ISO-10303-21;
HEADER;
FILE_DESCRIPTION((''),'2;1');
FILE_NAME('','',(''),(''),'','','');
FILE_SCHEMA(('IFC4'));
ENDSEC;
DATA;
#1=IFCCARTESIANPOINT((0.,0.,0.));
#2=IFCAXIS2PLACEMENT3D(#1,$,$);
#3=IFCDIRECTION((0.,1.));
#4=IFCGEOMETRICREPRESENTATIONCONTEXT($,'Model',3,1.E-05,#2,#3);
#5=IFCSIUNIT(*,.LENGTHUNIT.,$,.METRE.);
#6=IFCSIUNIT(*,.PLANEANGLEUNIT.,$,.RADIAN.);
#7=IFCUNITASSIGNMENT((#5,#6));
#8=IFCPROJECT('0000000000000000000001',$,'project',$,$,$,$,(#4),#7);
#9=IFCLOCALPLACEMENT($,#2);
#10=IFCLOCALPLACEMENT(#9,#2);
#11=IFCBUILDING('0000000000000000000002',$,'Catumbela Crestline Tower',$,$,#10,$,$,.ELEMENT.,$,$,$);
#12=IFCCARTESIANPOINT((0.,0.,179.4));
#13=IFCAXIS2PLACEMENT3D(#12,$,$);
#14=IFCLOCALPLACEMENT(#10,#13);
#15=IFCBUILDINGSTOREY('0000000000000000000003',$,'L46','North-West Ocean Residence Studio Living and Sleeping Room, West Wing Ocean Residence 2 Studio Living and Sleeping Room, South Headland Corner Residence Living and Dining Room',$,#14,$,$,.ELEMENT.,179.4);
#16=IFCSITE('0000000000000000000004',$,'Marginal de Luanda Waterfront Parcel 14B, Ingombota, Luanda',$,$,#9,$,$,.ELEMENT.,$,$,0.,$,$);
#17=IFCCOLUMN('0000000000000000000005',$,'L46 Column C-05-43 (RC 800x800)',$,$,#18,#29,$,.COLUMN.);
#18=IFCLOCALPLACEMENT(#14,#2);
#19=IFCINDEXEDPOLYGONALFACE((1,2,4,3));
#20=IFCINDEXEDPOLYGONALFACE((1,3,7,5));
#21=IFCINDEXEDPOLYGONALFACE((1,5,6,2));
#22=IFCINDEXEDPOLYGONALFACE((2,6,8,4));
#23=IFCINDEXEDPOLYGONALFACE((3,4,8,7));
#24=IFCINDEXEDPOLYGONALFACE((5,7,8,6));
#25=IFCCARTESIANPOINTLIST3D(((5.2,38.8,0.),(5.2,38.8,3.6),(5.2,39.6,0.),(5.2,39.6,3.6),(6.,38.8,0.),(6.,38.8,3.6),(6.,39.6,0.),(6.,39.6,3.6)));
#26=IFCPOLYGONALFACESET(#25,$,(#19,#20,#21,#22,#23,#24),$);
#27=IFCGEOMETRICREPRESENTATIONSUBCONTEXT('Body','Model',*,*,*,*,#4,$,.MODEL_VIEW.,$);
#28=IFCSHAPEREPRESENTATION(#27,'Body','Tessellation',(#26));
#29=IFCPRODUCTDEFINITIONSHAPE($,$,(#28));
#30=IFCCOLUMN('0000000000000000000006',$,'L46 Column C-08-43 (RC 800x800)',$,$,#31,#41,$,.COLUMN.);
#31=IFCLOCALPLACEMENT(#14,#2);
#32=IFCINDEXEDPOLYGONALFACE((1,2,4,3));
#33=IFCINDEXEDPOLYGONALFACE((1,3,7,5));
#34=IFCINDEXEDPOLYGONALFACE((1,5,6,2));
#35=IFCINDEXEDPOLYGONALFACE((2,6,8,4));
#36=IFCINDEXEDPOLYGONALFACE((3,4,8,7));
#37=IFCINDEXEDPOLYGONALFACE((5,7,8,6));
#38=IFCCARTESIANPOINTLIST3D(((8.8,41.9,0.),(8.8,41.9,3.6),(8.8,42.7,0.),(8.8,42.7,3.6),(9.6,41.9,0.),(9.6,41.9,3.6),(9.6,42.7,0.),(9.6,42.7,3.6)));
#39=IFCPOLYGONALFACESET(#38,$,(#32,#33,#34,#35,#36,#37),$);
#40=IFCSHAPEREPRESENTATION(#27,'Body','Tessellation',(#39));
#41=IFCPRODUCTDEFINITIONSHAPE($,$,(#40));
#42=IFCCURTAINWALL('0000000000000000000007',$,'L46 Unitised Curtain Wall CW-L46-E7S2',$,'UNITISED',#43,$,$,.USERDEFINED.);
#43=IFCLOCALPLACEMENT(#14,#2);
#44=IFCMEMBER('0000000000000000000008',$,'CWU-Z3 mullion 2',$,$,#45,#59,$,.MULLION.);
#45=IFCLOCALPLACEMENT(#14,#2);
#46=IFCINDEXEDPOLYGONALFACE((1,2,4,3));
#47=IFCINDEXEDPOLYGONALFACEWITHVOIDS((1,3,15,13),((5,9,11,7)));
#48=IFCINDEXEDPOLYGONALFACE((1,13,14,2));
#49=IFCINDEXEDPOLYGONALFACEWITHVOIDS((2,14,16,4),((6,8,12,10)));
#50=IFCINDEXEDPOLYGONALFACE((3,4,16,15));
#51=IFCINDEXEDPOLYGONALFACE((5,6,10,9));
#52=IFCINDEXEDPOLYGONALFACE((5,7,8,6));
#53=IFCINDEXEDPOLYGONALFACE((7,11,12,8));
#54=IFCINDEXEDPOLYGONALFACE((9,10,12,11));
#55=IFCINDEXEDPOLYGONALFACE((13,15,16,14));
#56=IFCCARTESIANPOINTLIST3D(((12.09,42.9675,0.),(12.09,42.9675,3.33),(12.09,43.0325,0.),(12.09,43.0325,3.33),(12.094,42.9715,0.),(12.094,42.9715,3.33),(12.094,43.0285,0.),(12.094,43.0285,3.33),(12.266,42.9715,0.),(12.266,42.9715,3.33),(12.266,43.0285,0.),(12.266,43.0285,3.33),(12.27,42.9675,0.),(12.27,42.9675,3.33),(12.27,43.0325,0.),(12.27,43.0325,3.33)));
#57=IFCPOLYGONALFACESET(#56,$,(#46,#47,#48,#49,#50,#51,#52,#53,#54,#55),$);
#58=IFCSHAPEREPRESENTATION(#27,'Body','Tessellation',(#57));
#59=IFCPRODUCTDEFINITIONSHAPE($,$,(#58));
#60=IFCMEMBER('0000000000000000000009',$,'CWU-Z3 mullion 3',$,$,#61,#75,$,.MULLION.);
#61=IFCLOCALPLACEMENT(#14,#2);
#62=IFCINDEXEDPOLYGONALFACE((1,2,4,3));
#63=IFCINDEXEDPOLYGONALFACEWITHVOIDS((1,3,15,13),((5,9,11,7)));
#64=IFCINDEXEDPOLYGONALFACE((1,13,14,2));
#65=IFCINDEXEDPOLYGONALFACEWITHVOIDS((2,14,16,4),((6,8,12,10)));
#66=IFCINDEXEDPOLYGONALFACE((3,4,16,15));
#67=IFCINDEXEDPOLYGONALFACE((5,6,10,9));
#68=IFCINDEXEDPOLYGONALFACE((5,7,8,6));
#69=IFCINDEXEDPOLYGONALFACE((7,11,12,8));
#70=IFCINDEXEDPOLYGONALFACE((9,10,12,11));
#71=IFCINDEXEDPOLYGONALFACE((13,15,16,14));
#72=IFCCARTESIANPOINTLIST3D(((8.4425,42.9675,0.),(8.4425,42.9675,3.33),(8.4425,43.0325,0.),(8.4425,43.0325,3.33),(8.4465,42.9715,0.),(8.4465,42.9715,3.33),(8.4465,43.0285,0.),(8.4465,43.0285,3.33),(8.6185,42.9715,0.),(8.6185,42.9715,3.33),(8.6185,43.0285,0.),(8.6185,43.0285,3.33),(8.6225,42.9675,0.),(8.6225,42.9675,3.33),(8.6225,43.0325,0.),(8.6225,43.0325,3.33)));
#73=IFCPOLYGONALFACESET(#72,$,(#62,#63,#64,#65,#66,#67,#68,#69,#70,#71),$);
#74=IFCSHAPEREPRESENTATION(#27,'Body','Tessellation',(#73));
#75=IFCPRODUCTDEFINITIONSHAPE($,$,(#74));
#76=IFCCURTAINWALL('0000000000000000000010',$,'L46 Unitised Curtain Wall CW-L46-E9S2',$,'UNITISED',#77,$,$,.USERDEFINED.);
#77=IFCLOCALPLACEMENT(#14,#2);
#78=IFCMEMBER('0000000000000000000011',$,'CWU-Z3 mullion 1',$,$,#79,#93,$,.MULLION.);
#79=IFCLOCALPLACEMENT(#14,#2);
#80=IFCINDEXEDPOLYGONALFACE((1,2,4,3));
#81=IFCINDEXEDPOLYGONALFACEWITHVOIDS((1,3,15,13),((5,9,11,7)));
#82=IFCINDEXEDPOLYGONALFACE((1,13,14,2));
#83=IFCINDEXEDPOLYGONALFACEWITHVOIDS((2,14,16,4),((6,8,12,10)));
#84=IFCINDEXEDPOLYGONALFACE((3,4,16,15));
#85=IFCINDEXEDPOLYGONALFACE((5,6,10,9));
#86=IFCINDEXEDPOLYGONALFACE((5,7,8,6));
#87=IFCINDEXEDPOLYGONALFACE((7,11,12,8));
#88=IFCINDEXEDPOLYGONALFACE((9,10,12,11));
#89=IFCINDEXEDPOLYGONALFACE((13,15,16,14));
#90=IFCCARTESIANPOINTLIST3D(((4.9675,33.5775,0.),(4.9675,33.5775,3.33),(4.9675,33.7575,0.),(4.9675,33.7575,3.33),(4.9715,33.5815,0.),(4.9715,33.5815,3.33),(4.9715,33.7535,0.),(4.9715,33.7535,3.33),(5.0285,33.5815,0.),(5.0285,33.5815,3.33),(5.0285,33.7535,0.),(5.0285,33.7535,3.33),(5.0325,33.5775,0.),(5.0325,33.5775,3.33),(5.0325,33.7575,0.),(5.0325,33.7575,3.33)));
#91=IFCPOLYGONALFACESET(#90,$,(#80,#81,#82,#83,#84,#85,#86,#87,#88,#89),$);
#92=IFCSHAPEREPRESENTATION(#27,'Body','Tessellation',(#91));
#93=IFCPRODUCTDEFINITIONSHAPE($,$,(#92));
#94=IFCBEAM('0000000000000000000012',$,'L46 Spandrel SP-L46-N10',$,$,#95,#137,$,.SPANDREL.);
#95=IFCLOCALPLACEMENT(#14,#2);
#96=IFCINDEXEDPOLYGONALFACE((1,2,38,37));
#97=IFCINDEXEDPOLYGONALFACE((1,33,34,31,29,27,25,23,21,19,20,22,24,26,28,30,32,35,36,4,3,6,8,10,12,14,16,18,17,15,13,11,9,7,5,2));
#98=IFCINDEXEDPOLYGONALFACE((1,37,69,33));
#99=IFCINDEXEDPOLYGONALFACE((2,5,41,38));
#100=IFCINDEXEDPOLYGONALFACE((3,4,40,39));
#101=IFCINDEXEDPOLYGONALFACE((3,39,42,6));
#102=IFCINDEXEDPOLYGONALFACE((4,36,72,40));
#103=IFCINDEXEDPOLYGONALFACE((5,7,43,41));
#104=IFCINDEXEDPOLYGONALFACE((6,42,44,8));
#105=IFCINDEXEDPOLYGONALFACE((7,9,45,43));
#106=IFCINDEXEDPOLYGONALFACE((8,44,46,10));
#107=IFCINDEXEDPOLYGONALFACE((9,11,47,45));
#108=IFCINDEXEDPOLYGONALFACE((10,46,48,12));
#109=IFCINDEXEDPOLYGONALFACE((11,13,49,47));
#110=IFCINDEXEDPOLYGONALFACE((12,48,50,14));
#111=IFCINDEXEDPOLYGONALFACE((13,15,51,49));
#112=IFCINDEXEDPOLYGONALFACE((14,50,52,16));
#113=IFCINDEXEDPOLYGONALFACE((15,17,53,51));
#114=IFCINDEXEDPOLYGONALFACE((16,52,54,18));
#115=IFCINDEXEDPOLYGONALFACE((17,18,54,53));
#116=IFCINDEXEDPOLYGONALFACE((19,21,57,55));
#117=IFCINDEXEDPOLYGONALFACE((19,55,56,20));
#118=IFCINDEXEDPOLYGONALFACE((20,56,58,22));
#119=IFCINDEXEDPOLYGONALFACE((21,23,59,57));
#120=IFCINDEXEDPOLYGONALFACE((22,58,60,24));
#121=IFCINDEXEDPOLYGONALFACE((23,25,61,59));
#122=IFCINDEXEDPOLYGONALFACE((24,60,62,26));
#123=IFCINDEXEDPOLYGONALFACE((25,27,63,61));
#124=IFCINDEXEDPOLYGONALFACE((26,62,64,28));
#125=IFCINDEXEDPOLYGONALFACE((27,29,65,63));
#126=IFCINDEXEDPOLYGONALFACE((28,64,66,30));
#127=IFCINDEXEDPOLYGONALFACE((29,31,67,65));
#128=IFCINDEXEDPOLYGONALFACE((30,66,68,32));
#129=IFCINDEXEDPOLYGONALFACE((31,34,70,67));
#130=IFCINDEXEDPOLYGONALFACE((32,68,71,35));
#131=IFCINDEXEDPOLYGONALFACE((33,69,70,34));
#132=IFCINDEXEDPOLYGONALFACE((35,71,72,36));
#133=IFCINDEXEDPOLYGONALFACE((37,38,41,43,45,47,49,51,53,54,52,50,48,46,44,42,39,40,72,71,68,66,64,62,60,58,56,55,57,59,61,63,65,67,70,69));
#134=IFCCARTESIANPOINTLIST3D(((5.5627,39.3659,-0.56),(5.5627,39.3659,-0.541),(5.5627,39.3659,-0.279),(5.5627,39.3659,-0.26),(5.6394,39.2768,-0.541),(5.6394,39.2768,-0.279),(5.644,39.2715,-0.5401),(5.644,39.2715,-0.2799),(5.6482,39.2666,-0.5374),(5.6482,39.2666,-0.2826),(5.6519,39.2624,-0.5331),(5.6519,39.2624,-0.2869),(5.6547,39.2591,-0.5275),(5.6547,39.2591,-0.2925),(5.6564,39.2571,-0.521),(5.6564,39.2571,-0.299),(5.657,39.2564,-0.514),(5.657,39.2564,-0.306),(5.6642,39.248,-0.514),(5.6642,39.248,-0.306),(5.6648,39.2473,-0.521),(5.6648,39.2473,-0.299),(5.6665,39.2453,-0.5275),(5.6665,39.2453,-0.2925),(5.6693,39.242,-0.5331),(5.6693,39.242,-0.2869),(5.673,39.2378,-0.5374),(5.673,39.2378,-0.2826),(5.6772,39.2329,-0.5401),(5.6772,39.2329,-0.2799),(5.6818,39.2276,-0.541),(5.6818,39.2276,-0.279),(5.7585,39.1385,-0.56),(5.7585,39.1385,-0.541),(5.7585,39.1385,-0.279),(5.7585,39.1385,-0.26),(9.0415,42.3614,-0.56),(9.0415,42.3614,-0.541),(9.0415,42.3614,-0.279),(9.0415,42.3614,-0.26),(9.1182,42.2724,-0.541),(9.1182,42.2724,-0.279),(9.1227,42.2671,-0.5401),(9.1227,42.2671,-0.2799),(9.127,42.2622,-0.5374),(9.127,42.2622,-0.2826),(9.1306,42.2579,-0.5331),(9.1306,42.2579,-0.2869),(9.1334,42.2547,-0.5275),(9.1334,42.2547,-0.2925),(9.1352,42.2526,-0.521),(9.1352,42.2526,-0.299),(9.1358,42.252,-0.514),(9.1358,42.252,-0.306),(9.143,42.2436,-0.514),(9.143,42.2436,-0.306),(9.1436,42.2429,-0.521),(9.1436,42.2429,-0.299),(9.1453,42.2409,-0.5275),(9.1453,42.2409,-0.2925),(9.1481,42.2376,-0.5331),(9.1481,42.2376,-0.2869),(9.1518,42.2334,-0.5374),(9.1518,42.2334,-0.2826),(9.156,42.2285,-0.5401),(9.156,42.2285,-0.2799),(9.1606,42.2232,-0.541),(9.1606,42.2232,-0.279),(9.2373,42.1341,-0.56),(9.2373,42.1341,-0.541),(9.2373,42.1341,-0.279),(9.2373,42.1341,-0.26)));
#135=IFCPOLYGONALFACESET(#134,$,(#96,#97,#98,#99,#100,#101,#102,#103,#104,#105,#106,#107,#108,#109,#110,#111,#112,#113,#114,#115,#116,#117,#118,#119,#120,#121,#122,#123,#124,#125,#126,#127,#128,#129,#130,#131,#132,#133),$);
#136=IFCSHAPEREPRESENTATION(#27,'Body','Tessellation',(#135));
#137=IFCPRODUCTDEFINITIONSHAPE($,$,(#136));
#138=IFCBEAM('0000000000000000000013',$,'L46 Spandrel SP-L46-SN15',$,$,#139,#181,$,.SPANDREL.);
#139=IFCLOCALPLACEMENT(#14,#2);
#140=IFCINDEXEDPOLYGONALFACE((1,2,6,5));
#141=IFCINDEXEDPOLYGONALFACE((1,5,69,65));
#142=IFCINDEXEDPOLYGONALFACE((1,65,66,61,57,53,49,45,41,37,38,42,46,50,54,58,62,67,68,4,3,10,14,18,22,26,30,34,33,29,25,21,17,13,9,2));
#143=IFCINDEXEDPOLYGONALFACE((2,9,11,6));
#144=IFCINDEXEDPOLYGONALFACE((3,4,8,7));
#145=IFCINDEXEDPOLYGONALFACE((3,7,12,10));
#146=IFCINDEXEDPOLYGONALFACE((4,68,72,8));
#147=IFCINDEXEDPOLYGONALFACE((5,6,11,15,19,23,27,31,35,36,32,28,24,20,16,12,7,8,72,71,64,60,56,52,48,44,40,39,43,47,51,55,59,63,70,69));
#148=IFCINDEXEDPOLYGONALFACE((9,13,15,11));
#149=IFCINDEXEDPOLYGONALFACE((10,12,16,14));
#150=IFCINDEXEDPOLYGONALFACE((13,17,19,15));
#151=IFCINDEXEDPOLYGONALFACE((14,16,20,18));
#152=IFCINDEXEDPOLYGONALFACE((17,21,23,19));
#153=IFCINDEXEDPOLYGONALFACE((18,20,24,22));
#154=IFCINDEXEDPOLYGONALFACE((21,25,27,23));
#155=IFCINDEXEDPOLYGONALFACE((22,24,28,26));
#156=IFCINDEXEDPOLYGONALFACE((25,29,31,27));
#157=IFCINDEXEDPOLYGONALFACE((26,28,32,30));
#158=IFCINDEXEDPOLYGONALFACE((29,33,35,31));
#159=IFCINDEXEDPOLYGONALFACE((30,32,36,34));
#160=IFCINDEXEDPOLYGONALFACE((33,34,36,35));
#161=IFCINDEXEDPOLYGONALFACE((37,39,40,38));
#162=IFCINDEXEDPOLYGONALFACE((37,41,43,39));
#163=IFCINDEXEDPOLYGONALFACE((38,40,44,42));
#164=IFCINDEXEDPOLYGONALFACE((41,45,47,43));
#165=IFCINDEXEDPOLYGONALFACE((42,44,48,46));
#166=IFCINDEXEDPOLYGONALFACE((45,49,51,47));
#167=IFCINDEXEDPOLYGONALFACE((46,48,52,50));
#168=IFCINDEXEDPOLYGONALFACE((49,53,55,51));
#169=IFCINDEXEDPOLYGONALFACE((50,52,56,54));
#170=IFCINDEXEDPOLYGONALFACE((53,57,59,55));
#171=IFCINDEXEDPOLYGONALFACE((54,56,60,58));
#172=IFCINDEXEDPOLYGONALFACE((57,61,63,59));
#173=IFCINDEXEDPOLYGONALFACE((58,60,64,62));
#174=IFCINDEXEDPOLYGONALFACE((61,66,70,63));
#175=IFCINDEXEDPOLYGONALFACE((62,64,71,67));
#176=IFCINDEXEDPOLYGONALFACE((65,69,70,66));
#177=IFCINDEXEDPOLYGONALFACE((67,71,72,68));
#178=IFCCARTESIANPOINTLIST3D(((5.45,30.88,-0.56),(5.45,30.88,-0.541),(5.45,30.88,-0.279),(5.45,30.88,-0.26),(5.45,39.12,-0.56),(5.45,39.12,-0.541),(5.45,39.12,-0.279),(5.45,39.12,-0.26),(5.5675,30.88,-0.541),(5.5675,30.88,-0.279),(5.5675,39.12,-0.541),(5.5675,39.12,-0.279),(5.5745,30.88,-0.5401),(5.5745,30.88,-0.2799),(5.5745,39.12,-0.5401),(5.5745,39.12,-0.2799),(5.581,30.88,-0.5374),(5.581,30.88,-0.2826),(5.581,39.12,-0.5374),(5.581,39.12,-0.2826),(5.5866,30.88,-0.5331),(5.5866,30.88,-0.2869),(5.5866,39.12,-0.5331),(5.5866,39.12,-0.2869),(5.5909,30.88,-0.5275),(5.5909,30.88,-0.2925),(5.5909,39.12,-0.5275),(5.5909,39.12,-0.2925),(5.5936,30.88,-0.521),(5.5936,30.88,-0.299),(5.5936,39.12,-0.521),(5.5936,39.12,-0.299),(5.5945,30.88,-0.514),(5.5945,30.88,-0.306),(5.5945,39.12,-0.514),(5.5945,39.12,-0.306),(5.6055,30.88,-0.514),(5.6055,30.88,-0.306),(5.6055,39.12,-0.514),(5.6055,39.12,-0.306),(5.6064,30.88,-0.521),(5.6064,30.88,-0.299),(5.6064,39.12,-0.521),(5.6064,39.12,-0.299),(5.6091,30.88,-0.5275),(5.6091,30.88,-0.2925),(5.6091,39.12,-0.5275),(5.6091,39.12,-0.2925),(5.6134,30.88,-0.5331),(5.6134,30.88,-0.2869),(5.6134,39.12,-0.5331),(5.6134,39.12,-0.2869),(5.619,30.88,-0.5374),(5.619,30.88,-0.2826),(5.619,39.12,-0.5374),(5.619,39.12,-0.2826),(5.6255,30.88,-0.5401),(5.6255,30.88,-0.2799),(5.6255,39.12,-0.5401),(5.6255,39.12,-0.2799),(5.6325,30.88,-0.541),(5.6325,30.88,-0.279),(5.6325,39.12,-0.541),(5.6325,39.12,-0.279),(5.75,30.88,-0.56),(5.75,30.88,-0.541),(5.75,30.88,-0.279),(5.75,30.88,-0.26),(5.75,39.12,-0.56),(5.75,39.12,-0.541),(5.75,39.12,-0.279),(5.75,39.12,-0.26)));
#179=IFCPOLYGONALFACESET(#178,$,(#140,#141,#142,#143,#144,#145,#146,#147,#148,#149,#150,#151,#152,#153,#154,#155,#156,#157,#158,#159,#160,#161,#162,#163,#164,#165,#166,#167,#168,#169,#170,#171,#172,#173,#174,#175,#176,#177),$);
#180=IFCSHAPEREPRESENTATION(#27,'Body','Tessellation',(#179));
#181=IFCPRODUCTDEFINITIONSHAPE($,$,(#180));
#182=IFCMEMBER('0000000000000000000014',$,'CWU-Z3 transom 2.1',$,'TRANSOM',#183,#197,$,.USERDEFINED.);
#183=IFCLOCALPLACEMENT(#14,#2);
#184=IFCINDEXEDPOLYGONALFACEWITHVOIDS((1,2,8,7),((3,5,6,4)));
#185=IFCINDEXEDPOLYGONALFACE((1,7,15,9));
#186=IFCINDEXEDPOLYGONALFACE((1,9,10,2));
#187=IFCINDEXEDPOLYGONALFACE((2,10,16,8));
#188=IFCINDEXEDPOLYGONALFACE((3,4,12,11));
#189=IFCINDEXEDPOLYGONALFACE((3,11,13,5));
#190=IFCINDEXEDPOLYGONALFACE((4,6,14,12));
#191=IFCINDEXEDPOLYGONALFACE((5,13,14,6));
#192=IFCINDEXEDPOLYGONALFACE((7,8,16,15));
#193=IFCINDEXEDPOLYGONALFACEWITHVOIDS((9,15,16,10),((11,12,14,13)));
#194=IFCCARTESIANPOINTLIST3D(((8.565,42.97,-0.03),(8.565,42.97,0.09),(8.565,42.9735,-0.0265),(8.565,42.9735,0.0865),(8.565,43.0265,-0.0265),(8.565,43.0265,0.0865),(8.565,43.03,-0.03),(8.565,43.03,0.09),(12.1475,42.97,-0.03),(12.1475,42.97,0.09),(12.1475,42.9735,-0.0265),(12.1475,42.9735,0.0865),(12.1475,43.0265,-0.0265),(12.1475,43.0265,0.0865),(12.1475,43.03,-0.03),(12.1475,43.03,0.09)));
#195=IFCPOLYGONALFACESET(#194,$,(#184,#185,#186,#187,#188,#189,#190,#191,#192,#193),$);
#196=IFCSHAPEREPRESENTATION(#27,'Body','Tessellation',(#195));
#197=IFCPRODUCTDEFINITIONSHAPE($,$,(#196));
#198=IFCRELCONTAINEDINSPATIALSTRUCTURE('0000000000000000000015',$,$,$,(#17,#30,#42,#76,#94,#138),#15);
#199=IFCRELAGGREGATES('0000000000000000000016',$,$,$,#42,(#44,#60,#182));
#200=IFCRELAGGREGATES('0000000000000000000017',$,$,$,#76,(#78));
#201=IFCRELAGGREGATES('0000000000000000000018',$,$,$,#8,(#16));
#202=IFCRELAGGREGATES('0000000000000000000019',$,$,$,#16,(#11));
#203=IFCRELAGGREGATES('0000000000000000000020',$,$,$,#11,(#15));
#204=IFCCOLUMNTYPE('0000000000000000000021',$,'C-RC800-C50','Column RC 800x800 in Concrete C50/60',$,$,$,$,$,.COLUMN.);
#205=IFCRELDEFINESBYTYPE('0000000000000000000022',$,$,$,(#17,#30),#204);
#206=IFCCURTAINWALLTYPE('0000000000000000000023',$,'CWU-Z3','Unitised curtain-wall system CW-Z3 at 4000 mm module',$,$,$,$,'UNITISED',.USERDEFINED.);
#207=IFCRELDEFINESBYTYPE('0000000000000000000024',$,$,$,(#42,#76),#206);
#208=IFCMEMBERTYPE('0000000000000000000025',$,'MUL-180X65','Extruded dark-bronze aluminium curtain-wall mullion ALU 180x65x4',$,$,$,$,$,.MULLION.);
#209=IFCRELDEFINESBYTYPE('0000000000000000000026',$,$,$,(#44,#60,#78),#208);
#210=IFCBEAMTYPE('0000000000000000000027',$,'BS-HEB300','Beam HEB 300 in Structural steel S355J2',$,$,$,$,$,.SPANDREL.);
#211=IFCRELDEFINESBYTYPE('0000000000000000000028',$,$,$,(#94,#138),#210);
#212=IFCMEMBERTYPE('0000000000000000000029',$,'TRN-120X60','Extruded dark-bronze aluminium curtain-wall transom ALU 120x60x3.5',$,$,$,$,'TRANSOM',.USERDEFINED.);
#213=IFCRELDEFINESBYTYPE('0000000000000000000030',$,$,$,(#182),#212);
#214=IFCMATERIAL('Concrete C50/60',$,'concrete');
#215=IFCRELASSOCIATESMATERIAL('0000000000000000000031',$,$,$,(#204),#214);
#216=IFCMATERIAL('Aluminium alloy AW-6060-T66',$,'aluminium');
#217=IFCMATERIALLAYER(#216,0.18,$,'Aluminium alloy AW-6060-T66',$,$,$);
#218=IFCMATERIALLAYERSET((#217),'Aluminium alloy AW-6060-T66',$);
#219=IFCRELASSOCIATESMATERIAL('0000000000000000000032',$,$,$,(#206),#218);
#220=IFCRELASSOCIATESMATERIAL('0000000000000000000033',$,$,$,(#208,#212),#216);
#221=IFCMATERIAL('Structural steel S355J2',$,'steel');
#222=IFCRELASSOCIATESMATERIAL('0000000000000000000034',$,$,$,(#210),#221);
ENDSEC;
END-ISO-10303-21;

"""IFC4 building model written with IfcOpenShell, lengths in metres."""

from ifc_helpers import new_model, si_unit, direction, frame, origin, origin_2d, place, context, subcontext, project, spatial, rectangle, hollow_rectangle, i_section, extrude, material, layer, layer_set, material_profile, profile_set, type_object, element, aggregate, save


model = new_model("IFC4")

# Units and contexts
model_context = context("Model", 3, precision=1e-05, world=origin(), true_north=direction((0.0, 1.0)))
body_context = subcontext(model_context, "Body", "Model", "MODEL_VIEW")
ifc_project = project(units=[si_unit("LENGTHUNIT", "METRE"), si_unit("PLANEANGLEUNIT", "RADIAN")], contexts=[model_context])

# Site, building, storey
site_placement = place(None, origin())
site = spatial("IfcSite", under=ifc_project, at=site_placement, Name="Marginal de Luanda Waterfront Parcel 14B, Ingombota, Luanda", CompositionType="ELEMENT", RefElevation=0.0)
building_placement = place(site_placement, origin())
building = spatial("IfcBuilding", under=site, at=building_placement, Name="Catumbela Crestline Tower", CompositionType="ELEMENT")
storey_placement = place(building_placement, frame((0.0, 0.0, 179.4)))
storey = spatial("IfcBuildingStorey", under=building, at=storey_placement, Name="L46", Description="North-West Ocean Residence Studio Living and Sleeping Room, West Wing Ocean Residence 2 Studio Living and Sleeping Room, South Headland Corner Residence Living and Dining Room", CompositionType="ELEMENT", Elevation=179.4)

# Columns
ifc_material_1 = material(Name="Concrete C50/60", Category="concrete")
ifc_material_profile_1 = material_profile(ifc_material_1, rectangle(XDim=0.8, YDim=0.8, at=origin_2d()), Name="RC 800x800")
ifc_profile_set_1 = profile_set([ifc_material_profile_1], Name="Concrete C50/60")
column_type = type_object("IfcColumnType", Name="C-RC800-C50", Description="Column RC 800x800 in Concrete C50/60", PredefinedType="COLUMN", material=ifc_profile_set_1)
for number, where, z_axis, x_axis, name in (
    (1, (5.6, 39.2, 0.0), (0.0, 0.0, 1.0), (1.0, 0.0, 0.0), "L46 Column C-05-43 (RC 800x800)"),
    (2, (9.2, 42.3, 0.0), (0.0, 0.0, 1.0), (1.0, 0.0, 0.0), "L46 Column C-08-43 (RC 800x800)"),
):
    element("IfcColumn", number, at=place(storey_placement, frame(where, z_axis=z_axis, x_axis=x_axis)), inside=storey, type_object=column_type, Name=name, PredefinedType="COLUMN", context=body_context, shape_type="SweptSolid", body=[
        extrude(rectangle(XDim=0.8, YDim=0.8, at=origin_2d()), origin(), (0.0, 0.0, 1.0), 3.6),
    ])

# Curtain wall, members
ifc_material_2 = material(Name="Aluminium alloy AW-6060-T66", Category="aluminium")
ifc_layer_1 = layer(ifc_material_2, 0.18, Name="Aluminium alloy AW-6060-T66")
ifc_layer_set_1 = layer_set([ifc_layer_1], Name="Aluminium alloy AW-6060-T66")
curtain_wall_type = type_object("IfcCurtainWallType", Name="CWU-Z3", Description="Unitised curtain-wall system CW-Z3 at 4000 mm module", ElementType="UNITISED", PredefinedType="USERDEFINED", material=ifc_layer_set_1)
curtain_wall_1_placement = place(storey_placement, origin())
curtain_wall_1 = element("IfcCurtainWall", 3, at=curtain_wall_1_placement, inside=storey, type_object=curtain_wall_type, Name="L46 Unitised Curtain Wall CW-L46-E7S2", ObjectType="UNITISED", PredefinedType="USERDEFINED")
ifc_material_profile_2 = material_profile(ifc_material_2, hollow_rectangle(XDim=0.065, YDim=0.18, WallThickness=0.004, at=origin_2d()), Name="ALU 180x65x4")
ifc_profile_set_2 = profile_set([ifc_material_profile_2], Name="Aluminium alloy AW-6060-T66")
member_type_1 = type_object("IfcMemberType", Name="MUL-180X65", Description="Extruded dark-bronze aluminium curtain-wall mullion ALU 180x65x4", PredefinedType="MULLION", material=ifc_profile_set_2)
member_1_placement = place(storey_placement, frame((12.18, 43.0, 0.0), z_axis=(0.0, 0.0, 1.0), x_axis=(0.0, -1.0, 0.0)))
member_1 = element("IfcMember", 4, at=member_1_placement, type_object=member_type_1, Name="CWU-Z3 mullion 2", PredefinedType="MULLION", context=body_context, shape_type="SweptSolid", body=[
    extrude(hollow_rectangle(XDim=0.065, YDim=0.18, WallThickness=0.004, at=origin_2d()), origin(), (0.0, 0.0, 1.0), 3.33),
])
member_2_placement = place(storey_placement, frame((8.5325, 43.0, 0.0), z_axis=(0.0, 0.0, 1.0), x_axis=(0.0, -1.0, 0.0)))
member_2 = element("IfcMember", 5, at=member_2_placement, type_object=member_type_1, Name="CWU-Z3 mullion 3", PredefinedType="MULLION", context=body_context, shape_type="SweptSolid", body=[
    extrude(hollow_rectangle(XDim=0.065, YDim=0.18, WallThickness=0.004, at=origin_2d()), origin(), (0.0, 0.0, 1.0), 3.33),
])

# Curtain wall, member
curtain_wall_2_placement = place(storey_placement, origin())
curtain_wall_2 = element("IfcCurtainWall", 6, at=curtain_wall_2_placement, inside=storey, type_object=curtain_wall_type, Name="L46 Unitised Curtain Wall CW-L46-E9S2", ObjectType="UNITISED", PredefinedType="USERDEFINED")
member_3_placement = place(storey_placement, frame((5.0, 33.6675, 0.0), z_axis=(0.0, 0.0, 1.0), x_axis=(1.0, 0.0, 0.0)))
member_3 = element("IfcMember", 7, at=member_3_placement, type_object=member_type_1, Name="CWU-Z3 mullion 1", PredefinedType="MULLION", context=body_context, shape_type="SweptSolid", body=[
    extrude(hollow_rectangle(XDim=0.065, YDim=0.18, WallThickness=0.004, at=origin_2d()), origin(), (0.0, 0.0, 1.0), 3.33),
])

# Beams
ifc_material_3 = material(Name="Structural steel S355J2", Category="steel")
ifc_material_profile_3 = material_profile(ifc_material_3, i_section(OverallWidth=0.3, OverallDepth=0.3, WebThickness=0.011, FlangeThickness=0.019, FilletRadius=0.027, at=origin_2d()), Name="HEB 300")
ifc_profile_set_3 = profile_set([ifc_material_profile_3], Name="Structural steel S355J2")
beam_type = type_object("IfcBeamType", Name="BS-HEB300", Description="Beam HEB 300 in Structural steel S355J2", PredefinedType="SPANDREL", material=ifc_profile_set_3)
beam_1_placement = place(storey_placement, frame((5.6606, 39.2522, -0.41), z_axis=(0.757772, 0.652519, 0.0), x_axis=(-0.652519, 0.757772, 0.0)))
element("IfcBeam", 8, at=beam_1_placement, inside=storey, type_object=beam_type, Name="L46 Spandrel SP-L46-N10", PredefinedType="SPANDREL", context=body_context, shape_type="SweptSolid", body=[
    extrude(i_section(OverallWidth=0.3, OverallDepth=0.3, WebThickness=0.011, FlangeThickness=0.019, FilletRadius=0.027, at=origin_2d()), origin(), (0.0, 0.0, 1.0), 4.5908),
])
beam_2_placement = place(storey_placement, frame((5.6, 30.88, -0.41), z_axis=(0.0, 1.0, 0.0), x_axis=(-1.0, 0.0, 0.0)))
element("IfcBeam", 9, at=beam_2_placement, inside=storey, type_object=beam_type, Name="L46 Spandrel SP-L46-SN15", PredefinedType="SPANDREL", context=body_context, shape_type="SweptSolid", body=[
    extrude(i_section(OverallWidth=0.3, OverallDepth=0.3, WebThickness=0.011, FlangeThickness=0.019, FilletRadius=0.027, at=origin_2d()), origin(), (0.0, 0.0, 1.0), 8.24),
])

# Member
ifc_material_profile_4 = material_profile(ifc_material_2, hollow_rectangle(XDim=0.06, YDim=0.12, WallThickness=0.0035, at=origin_2d()), Name="ALU 120x60x3.5")
ifc_profile_set_4 = profile_set([ifc_material_profile_4], Name="Aluminium alloy AW-6060-T66")
member_type_2 = type_object("IfcMemberType", Name="TRN-120X60", Description="Extruded dark-bronze aluminium curtain-wall transom ALU 120x60x3.5", ElementType="TRANSOM", PredefinedType="USERDEFINED", material=ifc_profile_set_4)
member_4_placement = place(storey_placement, frame((12.1475, 43.0, 0.03), z_axis=(-1.0, 0.0, 0.0), x_axis=(0.0, -1.0, 0.0)))
member_4 = element("IfcMember", 10, at=member_4_placement, type_object=member_type_2, Name="CWU-Z3 transom 2.1", ObjectType="TRANSOM", PredefinedType="USERDEFINED", context=body_context, shape_type="SweptSolid", body=[
    extrude(hollow_rectangle(XDim=0.06, YDim=0.12, WallThickness=0.0035, at=origin_2d()), origin(), (0.0, 0.0, 1.0), 3.5825),
])

aggregate(curtain_wall_1, [member_1, member_2, member_4])
aggregate(curtain_wall_2, [member_3])

save(model, "model.ifc")
